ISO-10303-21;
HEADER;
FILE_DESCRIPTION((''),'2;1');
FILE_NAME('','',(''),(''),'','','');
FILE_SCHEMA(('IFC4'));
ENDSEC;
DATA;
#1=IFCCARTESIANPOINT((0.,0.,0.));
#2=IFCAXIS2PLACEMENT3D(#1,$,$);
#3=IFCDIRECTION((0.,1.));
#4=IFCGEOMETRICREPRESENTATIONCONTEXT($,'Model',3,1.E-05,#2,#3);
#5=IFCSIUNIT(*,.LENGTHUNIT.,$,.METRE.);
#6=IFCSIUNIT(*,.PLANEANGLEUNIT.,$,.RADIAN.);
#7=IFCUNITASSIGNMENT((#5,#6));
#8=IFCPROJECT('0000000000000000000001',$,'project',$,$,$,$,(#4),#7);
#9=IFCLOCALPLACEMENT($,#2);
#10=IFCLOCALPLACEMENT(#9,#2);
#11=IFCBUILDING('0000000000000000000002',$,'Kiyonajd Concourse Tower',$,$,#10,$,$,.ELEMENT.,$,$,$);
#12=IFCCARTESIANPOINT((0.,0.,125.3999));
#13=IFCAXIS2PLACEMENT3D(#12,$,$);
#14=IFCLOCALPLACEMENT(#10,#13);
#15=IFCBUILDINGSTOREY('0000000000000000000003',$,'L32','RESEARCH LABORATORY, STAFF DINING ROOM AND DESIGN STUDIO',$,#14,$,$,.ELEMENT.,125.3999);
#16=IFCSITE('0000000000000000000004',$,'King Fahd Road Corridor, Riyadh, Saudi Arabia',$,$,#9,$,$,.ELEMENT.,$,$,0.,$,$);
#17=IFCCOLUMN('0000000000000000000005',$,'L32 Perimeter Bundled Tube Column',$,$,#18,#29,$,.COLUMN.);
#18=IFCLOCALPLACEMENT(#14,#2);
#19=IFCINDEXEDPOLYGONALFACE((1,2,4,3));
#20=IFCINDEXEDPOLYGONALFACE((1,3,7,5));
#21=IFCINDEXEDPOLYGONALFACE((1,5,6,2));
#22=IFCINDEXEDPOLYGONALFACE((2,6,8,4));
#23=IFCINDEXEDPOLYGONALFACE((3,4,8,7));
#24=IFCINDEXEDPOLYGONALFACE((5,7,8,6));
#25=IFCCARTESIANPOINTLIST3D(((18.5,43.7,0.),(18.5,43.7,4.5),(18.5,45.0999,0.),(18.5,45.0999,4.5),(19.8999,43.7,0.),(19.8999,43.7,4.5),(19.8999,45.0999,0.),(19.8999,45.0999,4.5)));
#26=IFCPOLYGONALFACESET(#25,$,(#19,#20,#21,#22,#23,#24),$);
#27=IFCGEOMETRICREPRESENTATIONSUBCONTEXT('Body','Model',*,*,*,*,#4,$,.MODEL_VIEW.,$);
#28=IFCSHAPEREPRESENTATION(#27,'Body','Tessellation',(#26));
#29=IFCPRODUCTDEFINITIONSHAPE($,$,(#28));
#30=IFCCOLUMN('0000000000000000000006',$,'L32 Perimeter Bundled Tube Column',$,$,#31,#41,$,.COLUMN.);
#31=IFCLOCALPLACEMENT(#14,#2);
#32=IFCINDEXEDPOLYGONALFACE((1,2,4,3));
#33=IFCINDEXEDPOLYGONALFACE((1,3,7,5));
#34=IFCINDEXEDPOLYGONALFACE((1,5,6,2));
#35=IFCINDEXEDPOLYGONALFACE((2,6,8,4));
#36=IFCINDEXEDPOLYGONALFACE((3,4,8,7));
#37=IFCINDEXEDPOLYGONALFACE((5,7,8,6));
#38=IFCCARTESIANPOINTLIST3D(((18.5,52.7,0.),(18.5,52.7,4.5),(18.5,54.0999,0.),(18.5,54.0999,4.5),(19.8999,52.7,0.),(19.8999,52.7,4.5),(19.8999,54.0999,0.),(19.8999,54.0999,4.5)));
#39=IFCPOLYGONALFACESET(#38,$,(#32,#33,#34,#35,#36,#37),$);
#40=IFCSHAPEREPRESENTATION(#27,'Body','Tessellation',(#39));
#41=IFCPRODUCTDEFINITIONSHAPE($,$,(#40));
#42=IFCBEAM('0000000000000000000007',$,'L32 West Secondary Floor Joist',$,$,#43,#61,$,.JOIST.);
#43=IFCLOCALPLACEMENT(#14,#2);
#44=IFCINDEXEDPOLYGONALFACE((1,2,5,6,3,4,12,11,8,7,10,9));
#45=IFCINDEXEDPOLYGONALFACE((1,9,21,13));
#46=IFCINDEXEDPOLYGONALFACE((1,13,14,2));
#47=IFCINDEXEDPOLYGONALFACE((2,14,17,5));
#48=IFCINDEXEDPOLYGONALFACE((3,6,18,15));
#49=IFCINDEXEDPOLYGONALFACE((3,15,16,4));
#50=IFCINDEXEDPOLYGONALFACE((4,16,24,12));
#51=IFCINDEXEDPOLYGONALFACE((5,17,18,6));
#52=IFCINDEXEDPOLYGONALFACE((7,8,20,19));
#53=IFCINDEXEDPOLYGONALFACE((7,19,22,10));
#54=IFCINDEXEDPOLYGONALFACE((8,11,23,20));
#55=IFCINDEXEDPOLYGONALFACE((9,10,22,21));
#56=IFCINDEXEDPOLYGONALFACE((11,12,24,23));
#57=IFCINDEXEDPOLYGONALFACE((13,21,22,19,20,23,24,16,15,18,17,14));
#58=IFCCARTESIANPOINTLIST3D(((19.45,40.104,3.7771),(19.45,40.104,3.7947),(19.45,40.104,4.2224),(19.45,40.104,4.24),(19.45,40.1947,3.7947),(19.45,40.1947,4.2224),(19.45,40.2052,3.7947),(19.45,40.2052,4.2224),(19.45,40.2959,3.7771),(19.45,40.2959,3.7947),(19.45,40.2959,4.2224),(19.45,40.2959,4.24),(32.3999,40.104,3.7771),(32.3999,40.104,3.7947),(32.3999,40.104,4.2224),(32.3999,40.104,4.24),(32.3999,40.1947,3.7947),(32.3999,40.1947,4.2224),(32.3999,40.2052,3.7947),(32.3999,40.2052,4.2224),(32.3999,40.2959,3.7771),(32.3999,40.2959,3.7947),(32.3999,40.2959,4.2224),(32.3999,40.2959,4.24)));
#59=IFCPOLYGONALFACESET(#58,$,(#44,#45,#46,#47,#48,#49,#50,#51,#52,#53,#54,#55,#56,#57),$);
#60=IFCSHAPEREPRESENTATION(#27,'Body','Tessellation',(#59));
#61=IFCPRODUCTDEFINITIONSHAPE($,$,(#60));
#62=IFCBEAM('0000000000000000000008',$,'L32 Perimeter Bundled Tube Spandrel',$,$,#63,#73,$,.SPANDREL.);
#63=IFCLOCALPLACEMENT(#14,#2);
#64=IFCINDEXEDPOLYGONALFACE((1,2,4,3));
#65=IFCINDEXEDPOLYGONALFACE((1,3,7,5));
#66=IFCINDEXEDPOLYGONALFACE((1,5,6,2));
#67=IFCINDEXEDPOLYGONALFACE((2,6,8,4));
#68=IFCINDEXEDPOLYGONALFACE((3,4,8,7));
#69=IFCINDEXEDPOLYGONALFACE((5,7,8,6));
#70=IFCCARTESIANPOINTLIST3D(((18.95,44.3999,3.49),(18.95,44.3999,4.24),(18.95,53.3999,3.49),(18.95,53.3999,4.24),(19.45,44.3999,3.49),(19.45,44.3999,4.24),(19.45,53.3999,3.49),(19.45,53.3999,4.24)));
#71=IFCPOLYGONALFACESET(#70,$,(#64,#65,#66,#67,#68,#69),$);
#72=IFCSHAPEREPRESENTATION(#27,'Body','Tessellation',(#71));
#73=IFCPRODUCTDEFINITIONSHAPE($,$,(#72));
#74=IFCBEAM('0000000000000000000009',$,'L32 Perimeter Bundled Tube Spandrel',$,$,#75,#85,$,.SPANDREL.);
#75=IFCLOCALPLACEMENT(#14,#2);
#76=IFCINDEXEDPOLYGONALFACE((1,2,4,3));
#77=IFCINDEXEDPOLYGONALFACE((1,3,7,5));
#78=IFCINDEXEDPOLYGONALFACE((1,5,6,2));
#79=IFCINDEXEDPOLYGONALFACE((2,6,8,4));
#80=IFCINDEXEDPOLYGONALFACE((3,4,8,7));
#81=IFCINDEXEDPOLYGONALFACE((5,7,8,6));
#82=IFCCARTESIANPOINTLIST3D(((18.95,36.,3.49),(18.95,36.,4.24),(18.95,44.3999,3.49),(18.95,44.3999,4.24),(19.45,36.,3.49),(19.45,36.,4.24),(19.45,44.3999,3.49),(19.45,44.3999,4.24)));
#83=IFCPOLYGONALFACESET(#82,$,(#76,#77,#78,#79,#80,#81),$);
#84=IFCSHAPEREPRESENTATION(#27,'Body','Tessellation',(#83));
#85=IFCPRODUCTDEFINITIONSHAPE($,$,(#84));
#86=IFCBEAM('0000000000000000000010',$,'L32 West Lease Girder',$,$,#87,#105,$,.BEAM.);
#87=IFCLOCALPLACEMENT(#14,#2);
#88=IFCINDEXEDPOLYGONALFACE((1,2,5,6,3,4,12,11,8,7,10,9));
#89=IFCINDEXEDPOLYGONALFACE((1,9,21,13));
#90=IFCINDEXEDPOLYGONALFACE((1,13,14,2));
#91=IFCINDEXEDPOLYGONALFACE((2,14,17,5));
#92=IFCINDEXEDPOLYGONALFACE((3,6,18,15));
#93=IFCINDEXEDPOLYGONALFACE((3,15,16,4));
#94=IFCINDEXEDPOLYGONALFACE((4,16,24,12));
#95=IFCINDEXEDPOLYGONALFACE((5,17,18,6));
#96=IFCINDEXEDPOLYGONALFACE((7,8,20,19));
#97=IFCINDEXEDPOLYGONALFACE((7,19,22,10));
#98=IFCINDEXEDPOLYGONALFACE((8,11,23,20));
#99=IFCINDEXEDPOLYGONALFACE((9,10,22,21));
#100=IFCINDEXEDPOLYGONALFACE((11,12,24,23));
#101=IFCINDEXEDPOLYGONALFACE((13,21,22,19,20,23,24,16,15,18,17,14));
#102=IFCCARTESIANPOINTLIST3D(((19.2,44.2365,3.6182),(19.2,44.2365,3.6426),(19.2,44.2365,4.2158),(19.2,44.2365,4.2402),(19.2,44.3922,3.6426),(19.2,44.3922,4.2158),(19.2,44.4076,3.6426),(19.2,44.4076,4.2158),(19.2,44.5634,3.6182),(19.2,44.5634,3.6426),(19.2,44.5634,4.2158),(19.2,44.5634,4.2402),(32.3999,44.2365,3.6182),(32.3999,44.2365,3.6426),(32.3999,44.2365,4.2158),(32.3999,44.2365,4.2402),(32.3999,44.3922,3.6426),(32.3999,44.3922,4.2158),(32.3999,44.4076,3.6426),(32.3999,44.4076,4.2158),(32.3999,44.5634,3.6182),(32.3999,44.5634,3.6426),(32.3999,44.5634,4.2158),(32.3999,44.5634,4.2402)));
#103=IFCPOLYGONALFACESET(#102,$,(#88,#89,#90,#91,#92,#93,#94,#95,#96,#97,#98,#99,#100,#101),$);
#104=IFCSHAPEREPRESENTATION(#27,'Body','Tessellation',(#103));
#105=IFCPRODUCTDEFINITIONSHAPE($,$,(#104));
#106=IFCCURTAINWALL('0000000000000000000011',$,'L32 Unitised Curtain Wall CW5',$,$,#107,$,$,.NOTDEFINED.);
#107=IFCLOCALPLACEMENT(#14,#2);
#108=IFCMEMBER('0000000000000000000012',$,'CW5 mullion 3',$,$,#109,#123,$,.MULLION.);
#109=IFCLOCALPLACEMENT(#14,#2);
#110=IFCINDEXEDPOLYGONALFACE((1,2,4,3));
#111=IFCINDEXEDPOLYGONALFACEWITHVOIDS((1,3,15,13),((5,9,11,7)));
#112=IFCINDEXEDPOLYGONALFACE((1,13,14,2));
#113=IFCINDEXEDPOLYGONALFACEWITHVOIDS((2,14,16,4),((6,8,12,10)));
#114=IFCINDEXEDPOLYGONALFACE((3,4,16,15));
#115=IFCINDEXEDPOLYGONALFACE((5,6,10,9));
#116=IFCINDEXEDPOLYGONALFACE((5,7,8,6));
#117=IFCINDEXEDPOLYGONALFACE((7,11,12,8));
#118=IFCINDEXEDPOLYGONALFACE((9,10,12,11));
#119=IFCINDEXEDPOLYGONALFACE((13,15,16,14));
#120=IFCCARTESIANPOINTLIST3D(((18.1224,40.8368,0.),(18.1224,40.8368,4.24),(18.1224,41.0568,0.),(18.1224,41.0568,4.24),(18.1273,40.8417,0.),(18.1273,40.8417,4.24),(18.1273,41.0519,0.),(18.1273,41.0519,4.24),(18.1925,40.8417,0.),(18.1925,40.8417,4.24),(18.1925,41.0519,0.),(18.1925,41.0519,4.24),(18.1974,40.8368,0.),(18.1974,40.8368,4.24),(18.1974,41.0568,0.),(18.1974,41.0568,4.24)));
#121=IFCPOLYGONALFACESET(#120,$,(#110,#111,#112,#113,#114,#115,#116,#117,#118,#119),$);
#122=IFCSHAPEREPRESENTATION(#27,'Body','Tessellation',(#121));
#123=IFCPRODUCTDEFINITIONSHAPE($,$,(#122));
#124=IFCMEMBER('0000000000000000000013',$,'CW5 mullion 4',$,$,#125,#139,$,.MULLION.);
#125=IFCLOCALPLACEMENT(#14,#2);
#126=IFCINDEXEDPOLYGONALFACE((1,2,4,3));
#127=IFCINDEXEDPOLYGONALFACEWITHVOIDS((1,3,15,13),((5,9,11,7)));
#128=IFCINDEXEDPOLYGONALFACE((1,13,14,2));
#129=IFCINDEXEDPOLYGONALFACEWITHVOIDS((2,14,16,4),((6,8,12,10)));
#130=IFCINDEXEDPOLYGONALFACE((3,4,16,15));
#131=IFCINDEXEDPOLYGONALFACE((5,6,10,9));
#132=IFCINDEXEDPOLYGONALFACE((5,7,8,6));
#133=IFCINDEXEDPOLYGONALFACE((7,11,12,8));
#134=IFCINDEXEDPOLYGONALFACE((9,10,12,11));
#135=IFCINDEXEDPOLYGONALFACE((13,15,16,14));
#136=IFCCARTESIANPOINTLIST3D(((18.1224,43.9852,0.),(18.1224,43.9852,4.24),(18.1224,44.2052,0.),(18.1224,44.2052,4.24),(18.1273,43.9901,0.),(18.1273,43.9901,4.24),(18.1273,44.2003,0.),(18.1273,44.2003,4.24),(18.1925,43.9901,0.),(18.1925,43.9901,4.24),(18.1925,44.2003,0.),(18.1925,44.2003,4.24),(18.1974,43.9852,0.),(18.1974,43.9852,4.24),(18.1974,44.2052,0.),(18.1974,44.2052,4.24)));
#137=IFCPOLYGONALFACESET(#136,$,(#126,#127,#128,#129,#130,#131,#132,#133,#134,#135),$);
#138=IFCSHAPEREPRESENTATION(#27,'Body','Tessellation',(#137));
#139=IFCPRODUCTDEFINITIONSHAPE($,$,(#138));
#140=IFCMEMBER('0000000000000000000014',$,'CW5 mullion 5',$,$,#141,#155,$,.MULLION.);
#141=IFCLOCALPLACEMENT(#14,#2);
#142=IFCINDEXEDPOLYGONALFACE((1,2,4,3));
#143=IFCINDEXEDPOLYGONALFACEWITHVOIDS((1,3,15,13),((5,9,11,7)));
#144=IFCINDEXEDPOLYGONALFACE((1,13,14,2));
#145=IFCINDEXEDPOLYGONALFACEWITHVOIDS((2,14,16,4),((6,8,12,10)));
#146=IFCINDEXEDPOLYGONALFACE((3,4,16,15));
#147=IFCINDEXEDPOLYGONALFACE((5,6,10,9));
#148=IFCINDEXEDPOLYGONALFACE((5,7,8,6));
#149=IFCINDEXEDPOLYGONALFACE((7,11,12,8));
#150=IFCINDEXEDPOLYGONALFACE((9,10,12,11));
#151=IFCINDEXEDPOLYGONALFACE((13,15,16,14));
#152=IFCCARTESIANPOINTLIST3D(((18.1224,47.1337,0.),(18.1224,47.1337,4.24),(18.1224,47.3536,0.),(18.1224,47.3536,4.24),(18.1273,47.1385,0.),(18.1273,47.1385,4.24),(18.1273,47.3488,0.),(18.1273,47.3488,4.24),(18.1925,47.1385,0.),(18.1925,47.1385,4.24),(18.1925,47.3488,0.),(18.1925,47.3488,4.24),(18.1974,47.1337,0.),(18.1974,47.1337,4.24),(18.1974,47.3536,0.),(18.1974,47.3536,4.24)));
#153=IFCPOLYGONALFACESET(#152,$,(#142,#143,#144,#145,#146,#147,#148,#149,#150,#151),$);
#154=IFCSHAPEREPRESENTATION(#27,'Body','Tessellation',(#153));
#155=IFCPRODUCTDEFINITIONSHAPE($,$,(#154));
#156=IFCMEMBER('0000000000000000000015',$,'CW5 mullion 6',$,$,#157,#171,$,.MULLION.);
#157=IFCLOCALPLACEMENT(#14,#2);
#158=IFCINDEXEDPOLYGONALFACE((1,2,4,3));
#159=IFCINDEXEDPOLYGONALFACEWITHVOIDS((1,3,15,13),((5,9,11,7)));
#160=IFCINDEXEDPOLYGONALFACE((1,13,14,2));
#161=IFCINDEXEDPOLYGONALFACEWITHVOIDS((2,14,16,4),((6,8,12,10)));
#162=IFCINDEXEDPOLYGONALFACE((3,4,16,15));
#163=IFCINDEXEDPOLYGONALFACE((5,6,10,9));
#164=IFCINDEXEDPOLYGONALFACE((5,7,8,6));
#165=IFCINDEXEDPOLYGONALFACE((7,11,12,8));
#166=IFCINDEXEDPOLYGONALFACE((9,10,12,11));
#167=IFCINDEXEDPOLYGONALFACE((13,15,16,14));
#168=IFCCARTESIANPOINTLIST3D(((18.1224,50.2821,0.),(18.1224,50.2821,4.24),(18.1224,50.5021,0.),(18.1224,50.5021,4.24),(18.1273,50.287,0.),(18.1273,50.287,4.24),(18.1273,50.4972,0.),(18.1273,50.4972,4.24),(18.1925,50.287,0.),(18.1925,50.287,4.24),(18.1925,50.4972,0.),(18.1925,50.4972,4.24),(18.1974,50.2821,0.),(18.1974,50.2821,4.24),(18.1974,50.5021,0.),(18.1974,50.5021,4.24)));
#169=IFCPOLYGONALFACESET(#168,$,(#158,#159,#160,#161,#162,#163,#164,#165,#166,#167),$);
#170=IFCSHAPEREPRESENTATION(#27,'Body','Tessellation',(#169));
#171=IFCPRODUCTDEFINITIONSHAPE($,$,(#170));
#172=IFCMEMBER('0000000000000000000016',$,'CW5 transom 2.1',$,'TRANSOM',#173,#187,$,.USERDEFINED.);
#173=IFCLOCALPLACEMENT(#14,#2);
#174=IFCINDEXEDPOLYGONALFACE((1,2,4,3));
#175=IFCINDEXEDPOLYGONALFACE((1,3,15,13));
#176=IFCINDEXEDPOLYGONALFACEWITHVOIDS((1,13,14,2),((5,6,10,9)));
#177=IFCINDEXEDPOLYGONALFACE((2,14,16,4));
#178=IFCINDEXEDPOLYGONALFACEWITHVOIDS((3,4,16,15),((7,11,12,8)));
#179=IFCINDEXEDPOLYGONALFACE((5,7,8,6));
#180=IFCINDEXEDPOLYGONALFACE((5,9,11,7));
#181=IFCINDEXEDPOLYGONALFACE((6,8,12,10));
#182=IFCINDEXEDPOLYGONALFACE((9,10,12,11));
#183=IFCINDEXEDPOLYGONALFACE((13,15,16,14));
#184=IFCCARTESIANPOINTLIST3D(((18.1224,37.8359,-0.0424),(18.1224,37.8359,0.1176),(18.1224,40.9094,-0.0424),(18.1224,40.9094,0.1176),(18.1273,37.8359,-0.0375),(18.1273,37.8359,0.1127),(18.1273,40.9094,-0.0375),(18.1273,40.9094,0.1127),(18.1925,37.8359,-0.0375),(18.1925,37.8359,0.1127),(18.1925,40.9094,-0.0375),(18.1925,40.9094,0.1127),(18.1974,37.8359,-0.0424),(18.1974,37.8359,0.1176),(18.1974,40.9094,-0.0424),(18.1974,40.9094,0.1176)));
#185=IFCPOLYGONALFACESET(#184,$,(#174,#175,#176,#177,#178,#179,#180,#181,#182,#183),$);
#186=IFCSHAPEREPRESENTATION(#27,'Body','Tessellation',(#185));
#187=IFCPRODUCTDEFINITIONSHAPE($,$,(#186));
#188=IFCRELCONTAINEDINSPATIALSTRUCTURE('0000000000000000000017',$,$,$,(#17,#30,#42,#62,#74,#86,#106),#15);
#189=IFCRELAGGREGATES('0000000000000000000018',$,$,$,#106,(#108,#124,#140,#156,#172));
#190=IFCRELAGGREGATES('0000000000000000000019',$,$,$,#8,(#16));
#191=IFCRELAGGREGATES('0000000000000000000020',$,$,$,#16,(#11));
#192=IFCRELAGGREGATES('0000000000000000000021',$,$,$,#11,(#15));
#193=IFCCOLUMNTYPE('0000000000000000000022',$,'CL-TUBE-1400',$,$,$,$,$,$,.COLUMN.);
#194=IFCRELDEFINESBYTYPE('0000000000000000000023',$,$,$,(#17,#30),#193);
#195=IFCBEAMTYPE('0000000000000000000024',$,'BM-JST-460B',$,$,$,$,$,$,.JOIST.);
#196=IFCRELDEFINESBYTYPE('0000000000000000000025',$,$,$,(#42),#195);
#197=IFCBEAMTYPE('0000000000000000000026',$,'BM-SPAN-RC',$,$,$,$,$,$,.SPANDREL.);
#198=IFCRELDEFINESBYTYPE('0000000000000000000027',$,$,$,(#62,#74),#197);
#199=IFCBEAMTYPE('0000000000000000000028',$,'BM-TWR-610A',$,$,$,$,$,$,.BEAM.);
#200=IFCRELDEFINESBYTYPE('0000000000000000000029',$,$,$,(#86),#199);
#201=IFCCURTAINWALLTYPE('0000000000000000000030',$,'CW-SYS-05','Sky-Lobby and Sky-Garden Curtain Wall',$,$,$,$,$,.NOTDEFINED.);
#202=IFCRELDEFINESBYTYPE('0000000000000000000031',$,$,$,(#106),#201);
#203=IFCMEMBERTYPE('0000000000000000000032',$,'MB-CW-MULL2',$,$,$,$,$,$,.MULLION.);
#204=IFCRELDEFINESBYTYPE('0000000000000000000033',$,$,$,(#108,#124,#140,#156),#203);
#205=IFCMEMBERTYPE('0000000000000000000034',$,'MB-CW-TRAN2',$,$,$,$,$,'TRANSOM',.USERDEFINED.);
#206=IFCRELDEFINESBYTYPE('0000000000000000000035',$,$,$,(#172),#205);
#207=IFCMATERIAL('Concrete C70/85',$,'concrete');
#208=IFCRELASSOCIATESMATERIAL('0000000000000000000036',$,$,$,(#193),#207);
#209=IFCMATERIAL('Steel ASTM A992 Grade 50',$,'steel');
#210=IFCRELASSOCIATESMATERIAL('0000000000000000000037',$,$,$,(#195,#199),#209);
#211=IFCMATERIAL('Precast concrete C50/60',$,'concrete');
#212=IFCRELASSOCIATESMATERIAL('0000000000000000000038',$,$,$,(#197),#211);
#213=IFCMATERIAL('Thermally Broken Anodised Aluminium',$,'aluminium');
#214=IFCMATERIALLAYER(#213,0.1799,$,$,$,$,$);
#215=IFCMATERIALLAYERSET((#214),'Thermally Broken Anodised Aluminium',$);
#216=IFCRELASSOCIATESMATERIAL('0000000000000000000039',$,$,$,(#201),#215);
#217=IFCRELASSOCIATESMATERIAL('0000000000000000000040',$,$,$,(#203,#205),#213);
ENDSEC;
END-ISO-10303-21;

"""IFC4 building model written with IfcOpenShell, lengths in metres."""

from ifc_helpers import new_model, si_unit, direction, frame, origin, origin_2d, place, context, subcontext, project, spatial, rectangle, hollow_rectangle, i_section, extrude, material, layer, layer_set, material_profile, profile_set, type_object, element, aggregate, save


model = new_model("IFC4")

# Units and contexts
model_context = context("Model", 3, precision=1e-05, world=origin(), true_north=direction((0.0, 1.0)))
body_context = subcontext(model_context, "Body", "Model", "MODEL_VIEW")
ifc_project = project(units=[si_unit("LENGTHUNIT", "METRE"), si_unit("PLANEANGLEUNIT", "RADIAN")], contexts=[model_context])

# Site, building, storey
site_placement = place(None, origin())
site = spatial("IfcSite", under=ifc_project, at=site_placement, Name="King Fahd Road Corridor, Riyadh, Saudi Arabia", CompositionType="ELEMENT", RefElevation=0.0)
building_placement = place(site_placement, origin())
building = spatial("IfcBuilding", under=site, at=building_placement, Name="Kiyonajd Concourse Tower", CompositionType="ELEMENT")
storey_placement = place(building_placement, frame((0.0, 0.0, 125.3999)))
storey = spatial("IfcBuildingStorey", under=building, at=storey_placement, Name="L32", Description="RESEARCH LABORATORY, STAFF DINING ROOM AND DESIGN STUDIO", CompositionType="ELEMENT", Elevation=125.3999)

# Columns
ifc_material_1 = material(Name="Concrete C70/85", Category="concrete")
ifc_material_profile_1 = material_profile(ifc_material_1, rectangle(XDim=1.3999, YDim=1.3999, at=origin_2d()), Name="RC-1400x1400")
ifc_profile_set_1 = profile_set([ifc_material_profile_1], Name="Concrete C70/85")
column_type = type_object("IfcColumnType", Name="CL-TUBE-1400", PredefinedType="COLUMN", material=ifc_profile_set_1)
for number, where, z_axis, x_axis, name in (
    (1, (19.2, 44.3999, 0.0), (0.0, 0.0, 1.0), (1.0, 0.0, 0.0), "L32 Perimeter Bundled Tube Column"),
    (2, (19.2, 53.3999, 0.0), (0.0, 0.0, 1.0), (1.0, 0.0, 0.0), "L32 Perimeter Bundled Tube Column"),
):
    element("IfcColumn", number, at=place(storey_placement, frame(where, z_axis=z_axis, x_axis=x_axis)), inside=storey, type_object=column_type, Name=name, PredefinedType="COLUMN", context=body_context, shape_type="SweptSolid", body=[
        extrude(rectangle(XDim=1.3999, YDim=1.3999, at=origin_2d()), origin(), (0.0, 0.0, 1.0), 4.5),
    ])

# Beams
ifc_material_2 = material(Name="Steel ASTM A992 Grade 50", Category="steel")
ifc_material_profile_2 = material_profile(ifc_material_2, i_section(OverallWidth=0.1919, OverallDepth=0.4629, WebThickness=0.0105, FlangeThickness=0.0176, at=origin_2d()), Name="W460X89")
ifc_profile_set_2 = profile_set([ifc_material_profile_2], Name="Steel ASTM A992 Grade 50")
beam_type_1 = type_object("IfcBeamType", Name="BM-JST-460B", PredefinedType="JOIST", material=ifc_profile_set_2)
beam_1_placement = place(storey_placement, frame((19.45, 40.2, 4.0085), z_axis=(1.0, 0.0, 0.0), x_axis=(0.0, 1.0, 0.0)))
element("IfcBeam", 3, at=beam_1_placement, inside=storey, type_object=beam_type_1, Name="L32 West Secondary Floor Joist", PredefinedType="JOIST", context=body_context, shape_type="SweptSolid", body=[
    extrude(i_section(OverallWidth=0.1919, OverallDepth=0.4629, WebThickness=0.0105, FlangeThickness=0.0176, at=origin_2d()), origin(), (0.0, 0.0, 1.0), 12.95),
])
ifc_material_3 = material(Name="Precast concrete C50/60", Category="concrete")
ifc_material_profile_3 = material_profile(ifc_material_3, rectangle(XDim=0.5, YDim=0.75, at=origin_2d()), Name="RCBM-500x750")
ifc_profile_set_3 = profile_set([ifc_material_profile_3], Name="Precast concrete C50/60")
beam_type_2 = type_object("IfcBeamType", Name="BM-SPAN-RC", PredefinedType="SPANDREL", material=ifc_profile_set_3)
beam_2_placement = place(storey_placement, frame((19.2, 53.3999, 3.865), z_axis=(0.0, -1.0, 0.0), x_axis=(1.0, 0.0, 0.0)))
element("IfcBeam", 4, at=beam_2_placement, inside=storey, type_object=beam_type_2, Name="L32 Perimeter Bundled Tube Spandrel", PredefinedType="SPANDREL", context=body_context, shape_type="SweptSolid", body=[
    extrude(rectangle(XDim=0.5, YDim=0.75, at=origin_2d()), origin(), (0.0, 0.0, 1.0), 9.0),
])
beam_3_placement = place(storey_placement, frame((19.2, 44.3999, 3.865), z_axis=(0.0, -1.0, 0.0), x_axis=(1.0, 0.0, 0.0)))
element("IfcBeam", 5, at=beam_3_placement, inside=storey, type_object=beam_type_2, Name="L32 Perimeter Bundled Tube Spandrel", PredefinedType="SPANDREL", context=body_context, shape_type="SweptSolid", body=[
    extrude(rectangle(XDim=0.5, YDim=0.75, at=origin_2d()), origin(), (0.0, 0.0, 1.0), 8.3999),
])
ifc_material_profile_4 = material_profile(ifc_material_2, i_section(OverallWidth=0.3269, OverallDepth=0.6221, WebThickness=0.0154, FlangeThickness=0.0244, at=origin_2d()), Name="W610X195")
ifc_profile_set_4 = profile_set([ifc_material_profile_4], Name="Steel ASTM A992 Grade 50")
beam_type_3 = type_object("IfcBeamType", Name="BM-TWR-610A", PredefinedType="BEAM", material=ifc_profile_set_4)
beam_4_placement = place(storey_placement, frame((19.2, 44.3999, 3.9292), z_axis=(1.0, 0.0, 0.0), x_axis=(0.0, 1.0, 0.0)))
element("IfcBeam", 6, at=beam_4_placement, inside=storey, type_object=beam_type_3, Name="L32 West Lease Girder", PredefinedType="BEAM", context=body_context, shape_type="SweptSolid", body=[
    extrude(i_section(OverallWidth=0.3269, OverallDepth=0.6221, WebThickness=0.0154, FlangeThickness=0.0244, at=origin_2d()), origin(), (0.0, 0.0, 1.0), 13.2),
])

# Curtain wall, members
ifc_material_4 = material(Name="Thermally Broken Anodised Aluminium", Category="aluminium")
ifc_layer_1 = layer(ifc_material_4, 0.1799)
ifc_layer_set_1 = layer_set([ifc_layer_1], Name="Thermally Broken Anodised Aluminium")
curtain_wall_type = type_object("IfcCurtainWallType", Name="CW-SYS-05", Description="Sky-Lobby and Sky-Garden Curtain Wall", PredefinedType="NOTDEFINED", material=ifc_layer_set_1)
curtain_wall_placement = place(storey_placement, origin())
curtain_wall = element("IfcCurtainWall", 7, at=curtain_wall_placement, inside=storey, type_object=curtain_wall_type, Name="L32 Unitised Curtain Wall CW5", PredefinedType="NOTDEFINED")
ifc_material_profile_5 = material_profile(ifc_material_4, hollow_rectangle(XDim=0.075, YDim=0.22, WallThickness=0.0049, at=origin_2d()), Name="MULL-75x220")
ifc_profile_set_5 = profile_set([ifc_material_profile_5], Name="Thermally Broken Anodised Aluminium")
member_type_1 = type_object("IfcMemberType", Name="MB-CW-MULL2", PredefinedType="MULLION", material=ifc_profile_set_5)
member_1_placement = place(storey_placement, frame((18.1599, 40.9468, 0.0), z_axis=(0.0, 0.0, 1.0), x_axis=(-1.0, 0.0, 0.0)))
member_1 = element("IfcMember", 8, at=member_1_placement, type_object=member_type_1, Name="CW5 mullion 3", PredefinedType="MULLION", context=body_context, shape_type="SweptSolid", body=[
    extrude(hollow_rectangle(XDim=0.075, YDim=0.22, WallThickness=0.0049, at=origin_2d()), origin(), (0.0, 0.0, 1.0), 4.24),
])
member_2_placement = place(storey_placement, frame((18.1599, 44.0952, 0.0), z_axis=(0.0, 0.0, 1.0), x_axis=(-1.0, 0.0, 0.0)))
member_2 = element("IfcMember", 9, at=member_2_placement, type_object=member_type_1, Name="CW5 mullion 4", PredefinedType="MULLION", context=body_context, shape_type="SweptSolid", body=[
    extrude(hollow_rectangle(XDim=0.075, YDim=0.22, WallThickness=0.0049, at=origin_2d()), origin(), (0.0, 0.0, 1.0), 4.24),
])
member_3_placement = place(storey_placement, frame((18.1599, 47.2437, 0.0), z_axis=(0.0, 0.0, 1.0), x_axis=(-1.0, 0.0, 0.0)))
member_3 = element("IfcMember", 10, at=member_3_placement, type_object=member_type_1, Name="CW5 mullion 5", PredefinedType="MULLION", context=body_context, shape_type="SweptSolid", body=[
    extrude(hollow_rectangle(XDim=0.075, YDim=0.22, WallThickness=0.0049, at=origin_2d()), origin(), (0.0, 0.0, 1.0), 4.24),
])
member_4_placement = place(storey_placement, frame((18.1599, 50.3921, 0.0), z_axis=(0.0, 0.0, 1.0), x_axis=(-1.0, 0.0, 0.0)))
member_4 = element("IfcMember", 11, at=member_4_placement, type_object=member_type_1, Name="CW5 mullion 6", PredefinedType="MULLION", context=body_context, shape_type="SweptSolid", body=[
    extrude(hollow_rectangle(XDim=0.075, YDim=0.22, WallThickness=0.0049, at=origin_2d()), origin(), (0.0, 0.0, 1.0), 4.24),
])
ifc_material_profile_6 = material_profile(ifc_material_4, hollow_rectangle(XDim=0.075, YDim=0.1599, WallThickness=0.0049, at=origin_2d()), Name="TRAN-75x160")
ifc_profile_set_6 = profile_set([ifc_material_profile_6], Name="Thermally Broken Anodised Aluminium")
member_type_2 = type_object("IfcMemberType", Name="MB-CW-TRAN2", ElementType="TRANSOM", PredefinedType="USERDEFINED", material=ifc_profile_set_6)
member_5_placement = place(storey_placement, frame((18.1599, 37.8359, 0.0376), z_axis=(0.0, 1.0, 0.0), x_axis=(-1.0, 0.0, 0.0)))
member_5 = element("IfcMember", 12, at=member_5_placement, type_object=member_type_2, Name="CW5 transom 2.1", ObjectType="TRANSOM", PredefinedType="USERDEFINED", context=body_context, shape_type="SweptSolid", body=[
    extrude(hollow_rectangle(XDim=0.075, YDim=0.1599, WallThickness=0.0049, at=origin_2d()), origin(), (0.0, 0.0, 1.0), 3.0735),
])
aggregate(curtain_wall, [member_1, member_2, member_3, member_4, member_5])

save(model, "model.ifc")
